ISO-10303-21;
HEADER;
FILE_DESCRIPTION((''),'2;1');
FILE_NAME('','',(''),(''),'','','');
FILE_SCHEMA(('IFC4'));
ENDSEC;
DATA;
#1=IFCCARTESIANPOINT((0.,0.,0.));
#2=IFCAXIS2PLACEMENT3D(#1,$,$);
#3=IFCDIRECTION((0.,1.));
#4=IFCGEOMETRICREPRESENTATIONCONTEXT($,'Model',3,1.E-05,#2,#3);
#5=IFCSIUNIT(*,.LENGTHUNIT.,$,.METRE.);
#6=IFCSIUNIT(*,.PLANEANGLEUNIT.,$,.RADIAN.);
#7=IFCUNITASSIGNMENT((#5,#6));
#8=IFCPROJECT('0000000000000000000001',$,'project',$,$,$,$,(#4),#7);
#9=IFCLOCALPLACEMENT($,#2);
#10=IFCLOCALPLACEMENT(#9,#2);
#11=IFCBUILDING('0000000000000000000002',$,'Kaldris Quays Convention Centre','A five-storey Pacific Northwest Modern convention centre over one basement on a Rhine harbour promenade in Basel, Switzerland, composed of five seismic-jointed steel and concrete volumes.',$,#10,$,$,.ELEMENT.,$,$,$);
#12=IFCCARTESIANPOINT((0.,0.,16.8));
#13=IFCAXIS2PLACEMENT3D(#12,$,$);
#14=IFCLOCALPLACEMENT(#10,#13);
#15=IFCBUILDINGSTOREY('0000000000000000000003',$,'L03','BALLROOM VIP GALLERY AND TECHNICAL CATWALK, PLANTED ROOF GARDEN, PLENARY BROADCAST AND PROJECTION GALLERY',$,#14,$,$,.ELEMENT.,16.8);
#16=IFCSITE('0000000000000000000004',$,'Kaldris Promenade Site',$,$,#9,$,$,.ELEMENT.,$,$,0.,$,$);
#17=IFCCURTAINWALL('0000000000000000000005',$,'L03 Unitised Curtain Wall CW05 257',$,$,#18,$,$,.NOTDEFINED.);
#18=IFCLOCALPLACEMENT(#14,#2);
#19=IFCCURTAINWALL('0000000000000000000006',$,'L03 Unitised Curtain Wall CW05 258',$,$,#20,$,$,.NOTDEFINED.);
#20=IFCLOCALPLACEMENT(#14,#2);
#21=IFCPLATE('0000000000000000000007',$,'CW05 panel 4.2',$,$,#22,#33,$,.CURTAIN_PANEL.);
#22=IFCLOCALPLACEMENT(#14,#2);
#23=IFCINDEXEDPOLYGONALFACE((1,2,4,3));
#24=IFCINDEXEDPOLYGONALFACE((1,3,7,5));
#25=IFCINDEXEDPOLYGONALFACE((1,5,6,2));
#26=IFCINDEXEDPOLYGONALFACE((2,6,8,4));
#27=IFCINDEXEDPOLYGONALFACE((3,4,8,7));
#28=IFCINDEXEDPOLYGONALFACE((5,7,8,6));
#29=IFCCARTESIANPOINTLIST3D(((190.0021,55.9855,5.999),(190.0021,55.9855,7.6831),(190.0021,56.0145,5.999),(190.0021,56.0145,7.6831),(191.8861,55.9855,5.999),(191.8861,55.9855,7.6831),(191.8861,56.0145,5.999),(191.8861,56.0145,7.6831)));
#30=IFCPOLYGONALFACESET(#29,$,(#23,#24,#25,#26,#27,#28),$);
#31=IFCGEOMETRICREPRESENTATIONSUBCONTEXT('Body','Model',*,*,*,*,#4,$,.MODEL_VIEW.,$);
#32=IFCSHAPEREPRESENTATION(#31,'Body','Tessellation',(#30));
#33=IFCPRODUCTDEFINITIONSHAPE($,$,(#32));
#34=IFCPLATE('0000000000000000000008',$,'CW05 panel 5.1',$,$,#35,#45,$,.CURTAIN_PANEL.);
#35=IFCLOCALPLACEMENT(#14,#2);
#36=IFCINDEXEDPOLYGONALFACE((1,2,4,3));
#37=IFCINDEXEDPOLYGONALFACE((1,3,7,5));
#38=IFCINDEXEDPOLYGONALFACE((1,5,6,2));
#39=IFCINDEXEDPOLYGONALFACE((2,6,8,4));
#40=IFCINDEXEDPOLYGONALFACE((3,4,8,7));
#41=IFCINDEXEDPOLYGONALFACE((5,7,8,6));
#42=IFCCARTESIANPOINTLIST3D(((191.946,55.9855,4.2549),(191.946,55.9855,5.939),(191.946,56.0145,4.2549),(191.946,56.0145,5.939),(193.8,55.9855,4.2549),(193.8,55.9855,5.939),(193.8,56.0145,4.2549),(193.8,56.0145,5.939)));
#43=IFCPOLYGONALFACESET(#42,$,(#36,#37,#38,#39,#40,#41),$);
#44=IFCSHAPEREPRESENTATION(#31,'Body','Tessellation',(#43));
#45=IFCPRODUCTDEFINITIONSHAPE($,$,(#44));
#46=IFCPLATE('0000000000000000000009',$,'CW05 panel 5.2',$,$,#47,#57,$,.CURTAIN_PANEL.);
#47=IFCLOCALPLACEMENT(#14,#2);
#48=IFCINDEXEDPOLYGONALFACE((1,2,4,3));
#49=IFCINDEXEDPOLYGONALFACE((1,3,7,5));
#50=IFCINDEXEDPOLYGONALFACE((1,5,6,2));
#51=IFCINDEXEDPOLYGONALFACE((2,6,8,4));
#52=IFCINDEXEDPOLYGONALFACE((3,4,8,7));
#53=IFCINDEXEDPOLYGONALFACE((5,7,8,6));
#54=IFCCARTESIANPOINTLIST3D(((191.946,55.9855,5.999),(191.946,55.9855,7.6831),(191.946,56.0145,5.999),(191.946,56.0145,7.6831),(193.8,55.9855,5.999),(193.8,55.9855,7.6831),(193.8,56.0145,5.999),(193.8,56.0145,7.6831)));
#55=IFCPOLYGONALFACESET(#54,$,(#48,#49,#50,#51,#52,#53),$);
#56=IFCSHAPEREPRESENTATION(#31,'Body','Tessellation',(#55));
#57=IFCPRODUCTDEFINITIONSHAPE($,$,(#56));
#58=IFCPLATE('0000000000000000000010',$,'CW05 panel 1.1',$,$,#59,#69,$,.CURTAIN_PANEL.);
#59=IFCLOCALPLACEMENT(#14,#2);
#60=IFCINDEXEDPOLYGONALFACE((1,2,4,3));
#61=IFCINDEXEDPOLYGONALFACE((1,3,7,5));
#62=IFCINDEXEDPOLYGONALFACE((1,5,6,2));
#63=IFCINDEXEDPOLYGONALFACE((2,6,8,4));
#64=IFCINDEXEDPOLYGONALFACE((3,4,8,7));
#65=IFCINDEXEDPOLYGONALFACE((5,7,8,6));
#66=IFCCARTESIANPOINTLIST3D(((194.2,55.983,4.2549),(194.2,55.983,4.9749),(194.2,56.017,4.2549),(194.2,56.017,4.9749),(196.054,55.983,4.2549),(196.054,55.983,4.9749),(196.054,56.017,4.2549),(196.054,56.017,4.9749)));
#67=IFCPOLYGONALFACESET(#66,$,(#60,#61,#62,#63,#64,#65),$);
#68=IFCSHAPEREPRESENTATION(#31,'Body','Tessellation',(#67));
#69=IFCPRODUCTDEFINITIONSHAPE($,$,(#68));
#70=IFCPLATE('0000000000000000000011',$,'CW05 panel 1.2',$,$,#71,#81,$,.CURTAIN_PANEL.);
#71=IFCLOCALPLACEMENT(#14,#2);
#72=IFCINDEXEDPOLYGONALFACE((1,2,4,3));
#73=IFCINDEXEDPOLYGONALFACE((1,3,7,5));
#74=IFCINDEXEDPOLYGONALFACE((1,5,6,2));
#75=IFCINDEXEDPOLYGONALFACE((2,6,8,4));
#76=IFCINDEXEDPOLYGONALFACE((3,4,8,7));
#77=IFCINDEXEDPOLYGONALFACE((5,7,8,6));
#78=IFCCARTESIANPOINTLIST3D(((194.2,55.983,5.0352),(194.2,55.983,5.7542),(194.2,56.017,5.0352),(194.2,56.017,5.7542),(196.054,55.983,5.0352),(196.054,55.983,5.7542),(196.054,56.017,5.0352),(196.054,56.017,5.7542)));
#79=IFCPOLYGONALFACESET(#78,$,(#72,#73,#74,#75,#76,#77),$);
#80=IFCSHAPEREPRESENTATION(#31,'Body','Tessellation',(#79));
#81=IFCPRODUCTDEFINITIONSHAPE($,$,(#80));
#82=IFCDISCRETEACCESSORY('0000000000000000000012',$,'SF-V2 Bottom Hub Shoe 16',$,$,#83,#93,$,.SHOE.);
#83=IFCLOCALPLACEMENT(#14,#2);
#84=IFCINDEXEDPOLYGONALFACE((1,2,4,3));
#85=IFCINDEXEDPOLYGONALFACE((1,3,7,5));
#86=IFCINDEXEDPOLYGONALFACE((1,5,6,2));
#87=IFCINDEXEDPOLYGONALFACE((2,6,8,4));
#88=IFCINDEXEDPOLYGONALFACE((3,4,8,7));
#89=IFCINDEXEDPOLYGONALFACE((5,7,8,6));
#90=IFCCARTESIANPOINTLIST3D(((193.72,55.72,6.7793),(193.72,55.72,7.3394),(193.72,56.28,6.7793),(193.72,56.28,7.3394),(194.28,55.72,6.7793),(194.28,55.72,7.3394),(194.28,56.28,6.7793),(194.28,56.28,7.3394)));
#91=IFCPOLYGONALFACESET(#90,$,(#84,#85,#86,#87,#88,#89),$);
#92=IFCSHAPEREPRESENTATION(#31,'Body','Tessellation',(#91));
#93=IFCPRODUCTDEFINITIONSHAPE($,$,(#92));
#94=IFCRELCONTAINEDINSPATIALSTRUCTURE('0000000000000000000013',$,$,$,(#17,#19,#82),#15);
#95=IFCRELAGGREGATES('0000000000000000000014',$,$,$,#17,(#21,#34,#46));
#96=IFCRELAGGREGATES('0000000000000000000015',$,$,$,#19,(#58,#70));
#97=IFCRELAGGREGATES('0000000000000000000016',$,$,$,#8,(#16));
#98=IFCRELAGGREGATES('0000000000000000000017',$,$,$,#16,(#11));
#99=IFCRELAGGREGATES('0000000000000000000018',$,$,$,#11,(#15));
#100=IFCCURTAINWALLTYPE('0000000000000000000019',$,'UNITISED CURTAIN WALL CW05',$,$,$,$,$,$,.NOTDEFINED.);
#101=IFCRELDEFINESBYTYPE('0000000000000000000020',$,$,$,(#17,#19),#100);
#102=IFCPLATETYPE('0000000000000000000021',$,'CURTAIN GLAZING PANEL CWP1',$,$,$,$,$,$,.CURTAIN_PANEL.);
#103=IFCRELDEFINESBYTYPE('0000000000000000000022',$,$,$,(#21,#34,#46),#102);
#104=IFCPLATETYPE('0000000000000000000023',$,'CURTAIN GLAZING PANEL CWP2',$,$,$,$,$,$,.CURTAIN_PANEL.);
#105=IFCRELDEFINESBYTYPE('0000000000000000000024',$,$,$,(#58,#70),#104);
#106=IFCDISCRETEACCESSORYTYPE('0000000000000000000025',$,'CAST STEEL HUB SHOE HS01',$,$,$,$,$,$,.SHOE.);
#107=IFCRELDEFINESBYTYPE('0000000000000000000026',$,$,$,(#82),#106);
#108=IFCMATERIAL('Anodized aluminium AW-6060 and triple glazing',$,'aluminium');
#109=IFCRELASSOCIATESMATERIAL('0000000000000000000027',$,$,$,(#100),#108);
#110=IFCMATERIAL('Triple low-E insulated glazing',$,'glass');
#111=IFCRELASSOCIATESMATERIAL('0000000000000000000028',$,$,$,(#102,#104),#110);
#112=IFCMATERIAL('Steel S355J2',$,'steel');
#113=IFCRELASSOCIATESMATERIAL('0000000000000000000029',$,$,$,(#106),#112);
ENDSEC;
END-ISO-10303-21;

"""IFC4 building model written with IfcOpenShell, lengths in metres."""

from ifc_helpers import new_model, si_unit, direction, frame, origin, origin_2d, place, context, subcontext, project, spatial, rectangle, extrude, material, type_object, element, aggregate, save


model = new_model("IFC4")

# Units and contexts
model_context = context("Model", 3, precision=1e-05, world=origin(), true_north=direction((0.0, 1.0)))
body_context = subcontext(model_context, "Body", "Model", "MODEL_VIEW")
ifc_project = project(units=[si_unit("LENGTHUNIT", "METRE"), si_unit("PLANEANGLEUNIT", "RADIAN")], contexts=[model_context])

# Site, building, storey
site_placement = place(None, origin())
site = spatial("IfcSite", under=ifc_project, at=site_placement, Name="Kaldris Promenade Site", CompositionType="ELEMENT", RefElevation=0.0)
building_placement = place(site_placement, origin())
building = spatial("IfcBuilding", under=site, at=building_placement, Name="Kaldris Quays Convention Centre", Description="A five-storey Pacific Northwest Modern convention centre over one basement on a Rhine harbour promenade in Basel, Switzerland, composed of five seismic-jointed steel and concrete volumes.", CompositionType="ELEMENT")
storey_placement = place(building_placement, frame((0.0, 0.0, 16.8)))
storey = spatial("IfcBuildingStorey", under=building, at=storey_placement, Name="L03", Description="BALLROOM VIP GALLERY AND TECHNICAL CATWALK, PLANTED ROOF GARDEN, PLENARY BROADCAST AND PROJECTION GALLERY", CompositionType="ELEMENT", Elevation=16.8)

# Curtain wall
ifc_material_1 = material(Name="Anodized aluminium AW-6060 and triple glazing", Category="aluminium")
curtain_wall_type = type_object("IfcCurtainWallType", Name="UNITISED CURTAIN WALL CW05", PredefinedType="NOTDEFINED", material=ifc_material_1)
curtain_wall_1_placement = place(storey_placement, origin())
curtain_wall_1 = element("IfcCurtainWall", 1, at=curtain_wall_1_placement, inside=storey, type_object=curtain_wall_type, Name="L03 Unitised Curtain Wall CW05 257", PredefinedType="NOTDEFINED")

# Curtain wall
curtain_wall_2_placement = place(storey_placement, origin())
curtain_wall_2 = element("IfcCurtainWall", 2, at=curtain_wall_2_placement, inside=storey, type_object=curtain_wall_type, Name="L03 Unitised Curtain Wall CW05 258", PredefinedType="NOTDEFINED")

# Plates
ifc_material_2 = material(Name="Triple low-E insulated glazing", Category="glass")
plate_type_1 = type_object("IfcPlateType", Name="CURTAIN GLAZING PANEL CWP1", PredefinedType="CURTAIN_PANEL", material=ifc_material_2)
plate_1_placement = place(storey_placement, frame((190.9441, 56.0, 5.999), z_axis=(0.0, 0.0, 1.0), x_axis=(1.0, 0.0, 0.0)))
plate_1 = element("IfcPlate", 3, at=plate_1_placement, type_object=plate_type_1, Name="CW05 panel 4.2", PredefinedType="CURTAIN_PANEL", context=body_context, shape_type="SweptSolid", body=[
    extrude(rectangle(XDim=1.884, YDim=0.0291, at=origin_2d()), origin(), (0.0, 0.0, 1.0), 1.6841),
])
plate_2_placement = place(storey_placement, frame((192.873, 56.0, 4.2549), z_axis=(0.0, 0.0, 1.0), x_axis=(1.0, 0.0, 0.0)))
plate_2 = element("IfcPlate", 4, at=plate_2_placement, type_object=plate_type_1, Name="CW05 panel 5.1", PredefinedType="CURTAIN_PANEL", context=body_context, shape_type="SweptSolid", body=[
    extrude(rectangle(XDim=1.854, YDim=0.0291, at=origin_2d()), origin(), (0.0, 0.0, 1.0), 1.6841),
])
plate_3_placement = place(storey_placement, frame((192.873, 56.0, 5.999), z_axis=(0.0, 0.0, 1.0), x_axis=(1.0, 0.0, 0.0)))
plate_3 = element("IfcPlate", 5, at=plate_3_placement, type_object=plate_type_1, Name="CW05 panel 5.2", PredefinedType="CURTAIN_PANEL", context=body_context, shape_type="SweptSolid", body=[
    extrude(rectangle(XDim=1.854, YDim=0.0291, at=origin_2d()), origin(), (0.0, 0.0, 1.0), 1.6841),
])
aggregate(curtain_wall_1, [plate_1, plate_2, plate_3])
plate_type_2 = type_object("IfcPlateType", Name="CURTAIN GLAZING PANEL CWP2", PredefinedType="CURTAIN_PANEL", material=ifc_material_2)
plate_4_placement = place(storey_placement, frame((195.127, 56.0, 4.2549), z_axis=(0.0, 0.0, 1.0), x_axis=(1.0, 0.0, 0.0)))
plate_4 = element("IfcPlate", 6, at=plate_4_placement, type_object=plate_type_2, Name="CW05 panel 1.1", PredefinedType="CURTAIN_PANEL", context=body_context, shape_type="SweptSolid", body=[
    extrude(rectangle(XDim=1.854, YDim=0.0339, at=origin_2d()), origin(), (0.0, 0.0, 1.0), 0.72),
])
plate_5_placement = place(storey_placement, frame((195.127, 56.0, 5.0352), z_axis=(0.0, 0.0, 1.0), x_axis=(1.0, 0.0, 0.0)))
plate_5 = element("IfcPlate", 7, at=plate_5_placement, type_object=plate_type_2, Name="CW05 panel 1.2", PredefinedType="CURTAIN_PANEL", context=body_context, shape_type="SweptSolid", body=[
    extrude(rectangle(XDim=1.854, YDim=0.0339, at=origin_2d()), origin(), (0.0, 0.0, 1.0), 0.719),
])
aggregate(curtain_wall_2, [plate_4, plate_5])

# Discrete accessory
ifc_material_3 = material(Name="Steel S355J2", Category="steel")
discrete_accessory_type = type_object("IfcDiscreteAccessoryType", Name="CAST STEEL HUB SHOE HS01", PredefinedType="SHOE", material=ifc_material_3)
discrete_accessory_placement = place(storey_placement, frame((194.0, 56.0, 6.7793), z_axis=(0.0, 0.0, 1.0), x_axis=(1.0, 0.0, 0.0)))
element("IfcDiscreteAccessory", 8, at=discrete_accessory_placement, inside=storey, type_object=discrete_accessory_type, Name="SF-V2 Bottom Hub Shoe 16", PredefinedType="SHOE", context=body_context, shape_type="SweptSolid", body=[
    extrude(rectangle(XDim=0.5601, YDim=0.5601, at=origin_2d()), origin(), (0.0, 0.0, 1.0), 0.5601),
])

save(model, "model.ifc")
